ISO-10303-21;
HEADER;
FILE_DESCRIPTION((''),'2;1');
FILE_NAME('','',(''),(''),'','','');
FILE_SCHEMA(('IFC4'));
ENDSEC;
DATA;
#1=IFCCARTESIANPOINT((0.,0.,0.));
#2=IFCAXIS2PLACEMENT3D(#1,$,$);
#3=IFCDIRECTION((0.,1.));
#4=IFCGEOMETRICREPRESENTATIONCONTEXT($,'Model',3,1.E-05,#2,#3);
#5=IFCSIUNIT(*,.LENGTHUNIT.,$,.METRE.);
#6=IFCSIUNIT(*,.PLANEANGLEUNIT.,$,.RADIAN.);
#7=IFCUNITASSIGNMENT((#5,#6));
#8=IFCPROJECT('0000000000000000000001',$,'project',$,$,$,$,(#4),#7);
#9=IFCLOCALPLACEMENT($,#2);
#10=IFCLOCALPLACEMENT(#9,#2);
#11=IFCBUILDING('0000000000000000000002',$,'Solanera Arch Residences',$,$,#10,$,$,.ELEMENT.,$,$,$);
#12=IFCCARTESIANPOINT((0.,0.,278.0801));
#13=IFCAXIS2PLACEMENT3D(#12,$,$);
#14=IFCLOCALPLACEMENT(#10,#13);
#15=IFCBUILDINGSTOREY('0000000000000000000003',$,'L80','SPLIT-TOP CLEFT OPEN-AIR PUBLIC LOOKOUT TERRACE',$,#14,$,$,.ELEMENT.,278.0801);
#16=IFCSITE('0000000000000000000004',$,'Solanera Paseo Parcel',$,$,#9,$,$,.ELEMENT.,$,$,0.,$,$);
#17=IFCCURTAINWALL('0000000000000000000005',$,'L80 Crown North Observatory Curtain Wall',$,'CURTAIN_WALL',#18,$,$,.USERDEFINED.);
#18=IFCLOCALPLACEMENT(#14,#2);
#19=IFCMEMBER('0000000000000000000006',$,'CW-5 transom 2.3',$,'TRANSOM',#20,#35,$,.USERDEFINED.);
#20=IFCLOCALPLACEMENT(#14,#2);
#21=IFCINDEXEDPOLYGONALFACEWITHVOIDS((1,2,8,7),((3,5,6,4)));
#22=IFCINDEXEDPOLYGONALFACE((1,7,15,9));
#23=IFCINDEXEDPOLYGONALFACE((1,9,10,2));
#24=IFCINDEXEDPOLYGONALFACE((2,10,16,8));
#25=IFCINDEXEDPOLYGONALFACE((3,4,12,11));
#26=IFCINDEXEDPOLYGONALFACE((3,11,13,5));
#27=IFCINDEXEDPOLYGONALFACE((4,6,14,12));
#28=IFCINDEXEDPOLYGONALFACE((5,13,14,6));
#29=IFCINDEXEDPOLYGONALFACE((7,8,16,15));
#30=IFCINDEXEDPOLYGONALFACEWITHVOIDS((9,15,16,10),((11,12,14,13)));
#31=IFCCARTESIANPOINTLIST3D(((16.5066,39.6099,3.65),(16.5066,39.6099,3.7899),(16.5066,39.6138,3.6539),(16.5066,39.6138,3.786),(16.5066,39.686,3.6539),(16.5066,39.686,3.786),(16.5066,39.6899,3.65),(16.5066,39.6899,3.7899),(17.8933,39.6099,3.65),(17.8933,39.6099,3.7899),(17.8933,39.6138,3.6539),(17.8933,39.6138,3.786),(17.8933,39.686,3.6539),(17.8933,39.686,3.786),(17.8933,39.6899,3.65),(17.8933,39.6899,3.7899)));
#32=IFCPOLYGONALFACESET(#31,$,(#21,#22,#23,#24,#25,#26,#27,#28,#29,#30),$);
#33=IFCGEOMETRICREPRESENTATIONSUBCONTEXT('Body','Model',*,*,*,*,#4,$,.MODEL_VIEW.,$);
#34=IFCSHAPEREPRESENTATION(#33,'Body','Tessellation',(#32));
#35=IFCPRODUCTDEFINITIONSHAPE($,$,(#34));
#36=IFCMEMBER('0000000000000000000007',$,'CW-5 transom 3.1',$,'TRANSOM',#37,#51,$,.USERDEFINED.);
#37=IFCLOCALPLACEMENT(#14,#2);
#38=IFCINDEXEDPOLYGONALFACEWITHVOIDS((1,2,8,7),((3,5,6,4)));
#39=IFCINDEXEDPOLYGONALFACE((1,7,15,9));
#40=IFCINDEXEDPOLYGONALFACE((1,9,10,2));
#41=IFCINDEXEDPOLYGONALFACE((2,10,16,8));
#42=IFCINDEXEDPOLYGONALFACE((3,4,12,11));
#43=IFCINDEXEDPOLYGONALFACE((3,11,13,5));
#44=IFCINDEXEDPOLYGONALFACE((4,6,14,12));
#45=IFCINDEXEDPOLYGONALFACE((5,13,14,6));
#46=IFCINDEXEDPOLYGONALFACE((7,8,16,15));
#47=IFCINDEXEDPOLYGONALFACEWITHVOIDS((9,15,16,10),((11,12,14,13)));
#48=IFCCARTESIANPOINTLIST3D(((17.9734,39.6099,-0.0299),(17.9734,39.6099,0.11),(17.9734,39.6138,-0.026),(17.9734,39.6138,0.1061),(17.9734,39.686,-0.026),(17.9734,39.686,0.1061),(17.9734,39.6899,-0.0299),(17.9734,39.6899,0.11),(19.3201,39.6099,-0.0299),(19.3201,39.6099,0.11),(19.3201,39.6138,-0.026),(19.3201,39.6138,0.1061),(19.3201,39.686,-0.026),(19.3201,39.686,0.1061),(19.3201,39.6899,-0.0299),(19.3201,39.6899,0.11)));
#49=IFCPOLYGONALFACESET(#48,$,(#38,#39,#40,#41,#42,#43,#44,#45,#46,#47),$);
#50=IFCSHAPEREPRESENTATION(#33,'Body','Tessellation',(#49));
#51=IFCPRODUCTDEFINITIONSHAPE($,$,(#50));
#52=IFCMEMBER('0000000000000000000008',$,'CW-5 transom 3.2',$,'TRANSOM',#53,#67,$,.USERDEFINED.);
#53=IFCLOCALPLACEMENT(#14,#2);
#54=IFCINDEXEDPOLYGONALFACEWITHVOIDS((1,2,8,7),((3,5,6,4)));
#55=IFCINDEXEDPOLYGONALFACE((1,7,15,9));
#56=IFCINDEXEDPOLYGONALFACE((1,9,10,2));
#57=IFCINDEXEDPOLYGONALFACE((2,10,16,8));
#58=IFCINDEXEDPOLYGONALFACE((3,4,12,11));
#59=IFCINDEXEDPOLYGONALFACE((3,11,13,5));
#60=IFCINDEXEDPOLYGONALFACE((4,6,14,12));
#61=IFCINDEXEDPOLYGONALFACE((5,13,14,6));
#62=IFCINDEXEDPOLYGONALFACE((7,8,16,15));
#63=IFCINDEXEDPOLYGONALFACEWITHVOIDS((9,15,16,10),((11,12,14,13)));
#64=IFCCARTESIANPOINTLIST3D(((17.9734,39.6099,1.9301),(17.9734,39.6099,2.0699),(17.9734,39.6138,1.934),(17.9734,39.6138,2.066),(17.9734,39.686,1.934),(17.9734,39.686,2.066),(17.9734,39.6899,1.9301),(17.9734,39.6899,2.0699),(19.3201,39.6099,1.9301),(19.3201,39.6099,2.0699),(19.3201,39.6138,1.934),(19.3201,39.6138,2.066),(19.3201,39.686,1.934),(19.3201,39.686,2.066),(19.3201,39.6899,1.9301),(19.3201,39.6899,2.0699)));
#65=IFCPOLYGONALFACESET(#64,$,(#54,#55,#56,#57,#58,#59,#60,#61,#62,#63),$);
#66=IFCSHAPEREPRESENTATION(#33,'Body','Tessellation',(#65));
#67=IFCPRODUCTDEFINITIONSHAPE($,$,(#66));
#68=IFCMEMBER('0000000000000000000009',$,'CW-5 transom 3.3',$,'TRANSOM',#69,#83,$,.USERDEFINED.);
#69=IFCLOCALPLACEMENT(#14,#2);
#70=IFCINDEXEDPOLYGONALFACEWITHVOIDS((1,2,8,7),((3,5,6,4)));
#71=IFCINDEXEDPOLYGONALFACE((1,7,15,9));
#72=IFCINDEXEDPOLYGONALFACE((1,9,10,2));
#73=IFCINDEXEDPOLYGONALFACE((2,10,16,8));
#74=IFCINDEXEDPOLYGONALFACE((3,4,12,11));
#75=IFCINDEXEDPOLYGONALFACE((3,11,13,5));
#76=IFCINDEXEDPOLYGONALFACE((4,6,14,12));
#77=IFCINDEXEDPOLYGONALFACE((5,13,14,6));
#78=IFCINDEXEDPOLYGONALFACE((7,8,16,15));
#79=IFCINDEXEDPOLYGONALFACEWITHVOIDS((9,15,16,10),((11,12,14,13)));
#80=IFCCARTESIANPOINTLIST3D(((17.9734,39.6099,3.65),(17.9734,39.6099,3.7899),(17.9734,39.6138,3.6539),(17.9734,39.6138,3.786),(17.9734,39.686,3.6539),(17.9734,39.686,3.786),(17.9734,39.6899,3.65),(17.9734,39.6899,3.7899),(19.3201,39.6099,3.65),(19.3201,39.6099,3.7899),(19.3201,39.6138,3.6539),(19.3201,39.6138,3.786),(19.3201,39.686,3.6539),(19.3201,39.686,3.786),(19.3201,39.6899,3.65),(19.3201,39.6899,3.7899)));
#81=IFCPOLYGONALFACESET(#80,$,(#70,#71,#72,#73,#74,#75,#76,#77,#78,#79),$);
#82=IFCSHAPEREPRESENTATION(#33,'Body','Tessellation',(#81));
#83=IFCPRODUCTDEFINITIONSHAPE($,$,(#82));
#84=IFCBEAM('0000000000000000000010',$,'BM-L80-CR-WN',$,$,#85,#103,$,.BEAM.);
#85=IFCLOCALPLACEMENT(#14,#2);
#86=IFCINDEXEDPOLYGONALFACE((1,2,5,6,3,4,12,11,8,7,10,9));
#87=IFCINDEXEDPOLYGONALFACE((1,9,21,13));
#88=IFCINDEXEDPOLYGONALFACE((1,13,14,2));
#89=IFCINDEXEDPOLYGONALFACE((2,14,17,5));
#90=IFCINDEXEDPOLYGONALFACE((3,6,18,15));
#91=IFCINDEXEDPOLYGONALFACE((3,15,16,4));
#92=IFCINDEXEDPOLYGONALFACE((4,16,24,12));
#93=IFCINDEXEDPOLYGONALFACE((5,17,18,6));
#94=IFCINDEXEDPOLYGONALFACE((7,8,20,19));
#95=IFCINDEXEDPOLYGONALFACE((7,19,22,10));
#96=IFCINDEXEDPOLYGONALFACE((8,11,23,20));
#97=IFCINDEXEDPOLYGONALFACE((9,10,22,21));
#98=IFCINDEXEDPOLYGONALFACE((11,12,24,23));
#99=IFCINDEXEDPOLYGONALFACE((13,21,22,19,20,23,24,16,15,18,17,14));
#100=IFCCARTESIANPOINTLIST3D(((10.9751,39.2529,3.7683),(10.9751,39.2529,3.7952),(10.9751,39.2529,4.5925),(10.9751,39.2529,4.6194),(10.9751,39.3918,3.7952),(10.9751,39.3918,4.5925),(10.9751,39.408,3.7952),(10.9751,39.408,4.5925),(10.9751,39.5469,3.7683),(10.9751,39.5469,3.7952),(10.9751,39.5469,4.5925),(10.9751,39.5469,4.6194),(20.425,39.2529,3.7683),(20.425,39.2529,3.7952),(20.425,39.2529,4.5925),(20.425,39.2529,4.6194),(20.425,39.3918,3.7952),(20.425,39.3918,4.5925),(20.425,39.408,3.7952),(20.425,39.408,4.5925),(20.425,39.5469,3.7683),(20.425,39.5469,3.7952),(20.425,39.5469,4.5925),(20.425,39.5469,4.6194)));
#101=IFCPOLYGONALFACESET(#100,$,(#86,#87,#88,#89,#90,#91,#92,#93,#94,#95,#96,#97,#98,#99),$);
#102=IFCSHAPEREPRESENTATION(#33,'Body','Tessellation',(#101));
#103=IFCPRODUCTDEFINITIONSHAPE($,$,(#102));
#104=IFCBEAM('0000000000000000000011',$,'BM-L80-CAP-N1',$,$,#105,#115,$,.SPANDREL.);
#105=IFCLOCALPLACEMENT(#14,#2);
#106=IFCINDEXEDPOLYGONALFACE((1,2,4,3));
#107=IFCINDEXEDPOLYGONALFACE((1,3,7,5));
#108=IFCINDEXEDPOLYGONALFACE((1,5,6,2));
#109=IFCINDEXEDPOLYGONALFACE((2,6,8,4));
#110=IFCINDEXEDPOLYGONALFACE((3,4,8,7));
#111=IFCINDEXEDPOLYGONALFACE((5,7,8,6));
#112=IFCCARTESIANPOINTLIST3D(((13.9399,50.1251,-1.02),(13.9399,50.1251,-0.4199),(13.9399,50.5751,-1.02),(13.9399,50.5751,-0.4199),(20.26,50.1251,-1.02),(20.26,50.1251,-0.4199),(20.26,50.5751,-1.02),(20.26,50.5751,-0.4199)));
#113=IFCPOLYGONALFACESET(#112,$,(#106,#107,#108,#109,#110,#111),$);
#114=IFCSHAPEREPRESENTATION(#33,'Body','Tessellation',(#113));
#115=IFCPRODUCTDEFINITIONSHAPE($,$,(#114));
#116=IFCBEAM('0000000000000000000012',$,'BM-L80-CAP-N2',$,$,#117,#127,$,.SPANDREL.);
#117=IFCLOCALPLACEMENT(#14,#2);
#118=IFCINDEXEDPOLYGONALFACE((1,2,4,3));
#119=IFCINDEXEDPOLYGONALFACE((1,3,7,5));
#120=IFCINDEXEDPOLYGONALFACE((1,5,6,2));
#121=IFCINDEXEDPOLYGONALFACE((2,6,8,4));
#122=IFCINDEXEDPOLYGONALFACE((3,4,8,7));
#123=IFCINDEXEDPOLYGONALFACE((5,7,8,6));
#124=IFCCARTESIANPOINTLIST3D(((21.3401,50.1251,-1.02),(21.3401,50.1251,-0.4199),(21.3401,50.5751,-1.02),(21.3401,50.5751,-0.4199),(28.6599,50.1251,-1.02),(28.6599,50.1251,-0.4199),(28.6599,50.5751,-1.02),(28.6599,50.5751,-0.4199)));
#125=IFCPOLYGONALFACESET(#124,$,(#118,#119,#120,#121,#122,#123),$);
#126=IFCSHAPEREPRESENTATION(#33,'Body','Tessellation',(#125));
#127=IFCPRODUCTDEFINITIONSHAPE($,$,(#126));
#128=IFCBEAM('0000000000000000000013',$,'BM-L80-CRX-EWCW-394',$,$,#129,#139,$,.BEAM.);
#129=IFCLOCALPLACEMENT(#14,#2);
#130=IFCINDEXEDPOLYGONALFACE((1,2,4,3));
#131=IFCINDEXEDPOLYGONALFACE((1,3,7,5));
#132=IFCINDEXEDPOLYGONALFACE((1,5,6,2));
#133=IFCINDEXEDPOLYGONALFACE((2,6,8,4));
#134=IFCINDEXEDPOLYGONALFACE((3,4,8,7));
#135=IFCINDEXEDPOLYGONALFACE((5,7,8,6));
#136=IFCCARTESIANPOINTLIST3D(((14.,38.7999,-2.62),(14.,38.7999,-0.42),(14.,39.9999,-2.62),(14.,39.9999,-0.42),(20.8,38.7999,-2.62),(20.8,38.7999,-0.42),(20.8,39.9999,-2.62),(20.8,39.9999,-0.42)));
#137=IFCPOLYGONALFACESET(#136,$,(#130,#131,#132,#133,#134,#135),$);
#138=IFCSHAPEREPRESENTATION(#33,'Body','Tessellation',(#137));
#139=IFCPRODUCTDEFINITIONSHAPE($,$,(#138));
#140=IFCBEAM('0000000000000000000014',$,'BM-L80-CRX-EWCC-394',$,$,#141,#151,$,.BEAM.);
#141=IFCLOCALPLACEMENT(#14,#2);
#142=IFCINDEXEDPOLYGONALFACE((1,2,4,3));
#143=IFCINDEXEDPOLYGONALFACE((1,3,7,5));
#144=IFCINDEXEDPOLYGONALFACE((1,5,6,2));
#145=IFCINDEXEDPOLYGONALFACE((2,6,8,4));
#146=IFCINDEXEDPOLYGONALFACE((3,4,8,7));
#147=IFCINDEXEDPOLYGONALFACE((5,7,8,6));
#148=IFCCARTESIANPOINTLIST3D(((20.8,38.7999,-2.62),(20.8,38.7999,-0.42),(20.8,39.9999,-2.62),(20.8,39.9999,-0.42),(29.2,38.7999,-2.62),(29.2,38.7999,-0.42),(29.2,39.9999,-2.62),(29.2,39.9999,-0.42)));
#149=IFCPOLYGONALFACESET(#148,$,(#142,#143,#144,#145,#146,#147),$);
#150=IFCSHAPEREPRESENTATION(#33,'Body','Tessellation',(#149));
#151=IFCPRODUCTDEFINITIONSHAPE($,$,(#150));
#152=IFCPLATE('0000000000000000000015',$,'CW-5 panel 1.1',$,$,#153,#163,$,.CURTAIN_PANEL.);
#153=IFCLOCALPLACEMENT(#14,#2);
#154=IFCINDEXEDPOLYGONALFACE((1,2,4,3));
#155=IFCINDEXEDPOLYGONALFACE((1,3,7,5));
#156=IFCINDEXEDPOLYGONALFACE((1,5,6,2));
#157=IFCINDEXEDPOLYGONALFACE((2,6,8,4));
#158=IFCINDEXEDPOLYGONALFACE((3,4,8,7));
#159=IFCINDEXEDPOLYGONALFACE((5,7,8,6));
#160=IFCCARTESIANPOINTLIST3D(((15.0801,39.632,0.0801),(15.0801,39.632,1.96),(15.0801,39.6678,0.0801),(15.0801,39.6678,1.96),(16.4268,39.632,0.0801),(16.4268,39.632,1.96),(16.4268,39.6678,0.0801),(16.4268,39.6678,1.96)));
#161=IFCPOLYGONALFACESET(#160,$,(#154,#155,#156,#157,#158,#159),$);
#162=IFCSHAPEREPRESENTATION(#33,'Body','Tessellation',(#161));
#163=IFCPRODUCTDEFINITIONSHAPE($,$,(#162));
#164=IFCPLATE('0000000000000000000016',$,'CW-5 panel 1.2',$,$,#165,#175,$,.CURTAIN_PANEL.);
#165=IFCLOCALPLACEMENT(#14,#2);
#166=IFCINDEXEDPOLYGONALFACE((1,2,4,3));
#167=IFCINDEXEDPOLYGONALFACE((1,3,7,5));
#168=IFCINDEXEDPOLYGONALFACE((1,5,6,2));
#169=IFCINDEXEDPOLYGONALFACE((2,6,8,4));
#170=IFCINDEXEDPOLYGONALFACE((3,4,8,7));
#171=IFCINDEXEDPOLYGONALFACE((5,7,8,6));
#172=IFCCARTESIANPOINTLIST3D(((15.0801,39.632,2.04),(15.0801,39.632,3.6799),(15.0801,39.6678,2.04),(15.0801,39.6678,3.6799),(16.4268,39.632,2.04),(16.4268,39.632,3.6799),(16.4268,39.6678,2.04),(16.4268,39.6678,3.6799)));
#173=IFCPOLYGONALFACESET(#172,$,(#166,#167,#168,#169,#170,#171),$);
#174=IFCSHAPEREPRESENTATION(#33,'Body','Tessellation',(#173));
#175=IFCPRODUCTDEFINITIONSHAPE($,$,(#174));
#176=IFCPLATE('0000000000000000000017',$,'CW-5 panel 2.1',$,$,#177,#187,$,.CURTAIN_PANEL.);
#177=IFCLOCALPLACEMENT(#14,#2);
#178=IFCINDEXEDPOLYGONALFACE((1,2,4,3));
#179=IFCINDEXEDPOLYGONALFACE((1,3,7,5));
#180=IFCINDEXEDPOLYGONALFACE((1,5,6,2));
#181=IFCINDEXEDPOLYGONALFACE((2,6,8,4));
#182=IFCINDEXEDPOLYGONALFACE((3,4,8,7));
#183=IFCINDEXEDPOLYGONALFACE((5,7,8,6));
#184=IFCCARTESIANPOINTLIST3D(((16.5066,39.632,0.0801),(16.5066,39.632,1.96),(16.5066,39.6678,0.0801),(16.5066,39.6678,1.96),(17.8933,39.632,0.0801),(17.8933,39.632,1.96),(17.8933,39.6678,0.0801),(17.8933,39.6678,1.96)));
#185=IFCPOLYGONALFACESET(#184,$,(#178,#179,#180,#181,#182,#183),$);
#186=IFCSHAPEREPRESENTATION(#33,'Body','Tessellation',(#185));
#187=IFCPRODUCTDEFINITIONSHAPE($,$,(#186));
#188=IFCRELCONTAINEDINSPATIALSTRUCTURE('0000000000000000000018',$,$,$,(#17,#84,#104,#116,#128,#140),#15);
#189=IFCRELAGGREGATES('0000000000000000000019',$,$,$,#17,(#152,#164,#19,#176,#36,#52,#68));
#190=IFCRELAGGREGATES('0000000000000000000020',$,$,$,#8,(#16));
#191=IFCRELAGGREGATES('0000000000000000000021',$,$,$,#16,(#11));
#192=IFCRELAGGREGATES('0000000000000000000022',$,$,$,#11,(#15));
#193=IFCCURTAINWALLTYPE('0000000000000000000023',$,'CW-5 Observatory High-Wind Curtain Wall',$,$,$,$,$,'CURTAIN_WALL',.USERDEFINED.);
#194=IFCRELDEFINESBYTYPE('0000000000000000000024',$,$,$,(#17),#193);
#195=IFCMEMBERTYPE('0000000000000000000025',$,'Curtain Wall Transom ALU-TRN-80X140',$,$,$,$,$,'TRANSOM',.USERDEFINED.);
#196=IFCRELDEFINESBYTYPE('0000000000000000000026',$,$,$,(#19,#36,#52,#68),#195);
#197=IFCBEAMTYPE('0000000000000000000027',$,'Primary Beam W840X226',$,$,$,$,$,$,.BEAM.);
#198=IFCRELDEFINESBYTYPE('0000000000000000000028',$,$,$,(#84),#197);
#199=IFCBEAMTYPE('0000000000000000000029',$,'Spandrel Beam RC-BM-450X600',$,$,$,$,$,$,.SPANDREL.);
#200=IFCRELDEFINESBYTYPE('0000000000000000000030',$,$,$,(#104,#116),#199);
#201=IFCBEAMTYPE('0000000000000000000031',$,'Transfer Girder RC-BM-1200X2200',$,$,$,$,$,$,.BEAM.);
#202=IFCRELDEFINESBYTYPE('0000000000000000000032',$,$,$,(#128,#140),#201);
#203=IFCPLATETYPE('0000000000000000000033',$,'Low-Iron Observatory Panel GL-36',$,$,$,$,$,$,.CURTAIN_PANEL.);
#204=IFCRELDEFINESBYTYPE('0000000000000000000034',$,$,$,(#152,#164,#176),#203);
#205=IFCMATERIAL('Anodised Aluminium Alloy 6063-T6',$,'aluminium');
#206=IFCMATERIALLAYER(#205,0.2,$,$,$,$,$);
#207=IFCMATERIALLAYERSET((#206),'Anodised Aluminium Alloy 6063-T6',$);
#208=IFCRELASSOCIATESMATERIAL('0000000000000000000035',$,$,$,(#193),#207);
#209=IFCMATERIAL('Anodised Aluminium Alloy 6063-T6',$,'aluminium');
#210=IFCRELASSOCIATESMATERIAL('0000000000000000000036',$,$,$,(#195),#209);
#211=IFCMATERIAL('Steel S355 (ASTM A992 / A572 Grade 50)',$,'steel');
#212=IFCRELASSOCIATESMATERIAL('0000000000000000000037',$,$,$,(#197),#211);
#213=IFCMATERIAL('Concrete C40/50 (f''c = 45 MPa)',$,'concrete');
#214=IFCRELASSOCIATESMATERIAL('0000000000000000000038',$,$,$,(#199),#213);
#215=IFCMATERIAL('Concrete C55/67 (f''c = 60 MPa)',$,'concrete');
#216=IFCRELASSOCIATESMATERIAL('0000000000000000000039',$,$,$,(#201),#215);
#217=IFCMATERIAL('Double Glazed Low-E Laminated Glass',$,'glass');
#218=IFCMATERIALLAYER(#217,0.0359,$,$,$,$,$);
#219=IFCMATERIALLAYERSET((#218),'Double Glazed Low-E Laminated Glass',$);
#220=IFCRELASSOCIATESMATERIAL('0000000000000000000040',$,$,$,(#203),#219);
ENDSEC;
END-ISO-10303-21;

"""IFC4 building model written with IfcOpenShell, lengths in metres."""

from ifc_helpers import new_model, si_unit, direction, frame, origin, origin_2d, place, context, subcontext, project, spatial, rectangle, hollow_rectangle, i_section, extrude, material, layer, layer_set, material_profile, profile_set, type_object, element, aggregate, save


model = new_model("IFC4")

# Units and contexts
model_context = context("Model", 3, precision=1e-05, world=origin(), true_north=direction((0.0, 1.0)))
body_context = subcontext(model_context, "Body", "Model", "MODEL_VIEW")
ifc_project = project(units=[si_unit("LENGTHUNIT", "METRE"), si_unit("PLANEANGLEUNIT", "RADIAN")], contexts=[model_context])

# Site, building, storey
site_placement = place(None, origin())
site = spatial("IfcSite", under=ifc_project, at=site_placement, Name="Solanera Paseo Parcel", CompositionType="ELEMENT", RefElevation=0.0)
building_placement = place(site_placement, origin())
building = spatial("IfcBuilding", under=site, at=building_placement, Name="Solanera Arch Residences", CompositionType="ELEMENT")
storey_placement = place(building_placement, frame((0.0, 0.0, 278.0801)))
storey = spatial("IfcBuildingStorey", under=building, at=storey_placement, Name="L80", Description="SPLIT-TOP CLEFT OPEN-AIR PUBLIC LOOKOUT TERRACE", CompositionType="ELEMENT", Elevation=278.0801)

# Curtain wall, members
ifc_material_1 = material(Name="Anodised Aluminium Alloy 6063-T6", Category="aluminium")
ifc_layer_1 = layer(ifc_material_1, 0.2)
ifc_layer_set_1 = layer_set([ifc_layer_1], Name="Anodised Aluminium Alloy 6063-T6")
curtain_wall_type = type_object("IfcCurtainWallType", Name="CW-5 Observatory High-Wind Curtain Wall", ElementType="CURTAIN_WALL", PredefinedType="USERDEFINED", material=ifc_layer_set_1)
curtain_wall_placement = place(storey_placement, origin())
curtain_wall = element("IfcCurtainWall", 1, at=curtain_wall_placement, inside=storey, type_object=curtain_wall_type, Name="L80 Crown North Observatory Curtain Wall", ObjectType="CURTAIN_WALL", PredefinedType="USERDEFINED")
ifc_material_2 = material(Name="Anodised Aluminium Alloy 6063-T6", Category="aluminium")
ifc_material_profile_1 = material_profile(ifc_material_2, hollow_rectangle(XDim=0.0801, YDim=0.1399, WallThickness=0.0039, at=origin_2d()))
ifc_profile_set_1 = profile_set([ifc_material_profile_1], Name="Anodised Aluminium Alloy 6063-T6")
member_type_1 = type_object("IfcMemberType", Name="Curtain Wall Transom ALU-TRN-80X140", ElementType="TRANSOM", PredefinedType="USERDEFINED", material=ifc_profile_set_1)
member_1_placement = place(storey_placement, frame((16.5066, 39.6499, 3.72), z_axis=(1.0, 0.0, 0.0), x_axis=(0.0, 1.0, 0.0)))
member_1 = element("IfcMember", 2, at=member_1_placement, type_object=member_type_1, Name="CW-5 transom 2.3", ObjectType="TRANSOM", PredefinedType="USERDEFINED", context=body_context, shape_type="SweptSolid", body=[
    extrude(hollow_rectangle(XDim=0.0801, YDim=0.1399, WallThickness=0.0039, at=origin_2d()), origin(), (0.0, 0.0, 1.0), 1.3867),
])
member_2_placement = place(storey_placement, frame((17.9734, 39.6499, 0.04), z_axis=(1.0, 0.0, 0.0), x_axis=(0.0, 1.0, 0.0)))
member_2 = element("IfcMember", 3, at=member_2_placement, type_object=member_type_1, Name="CW-5 transom 3.1", ObjectType="TRANSOM", PredefinedType="USERDEFINED", context=body_context, shape_type="SweptSolid", body=[
    extrude(hollow_rectangle(XDim=0.0801, YDim=0.1399, WallThickness=0.0039, at=origin_2d()), origin(), (0.0, 0.0, 1.0), 1.3467),
])
member_3_placement = place(storey_placement, frame((17.9734, 39.6499, 2.0), z_axis=(1.0, 0.0, 0.0), x_axis=(0.0, 1.0, 0.0)))
member_3 = element("IfcMember", 4, at=member_3_placement, type_object=member_type_1, Name="CW-5 transom 3.2", ObjectType="TRANSOM", PredefinedType="USERDEFINED", context=body_context, shape_type="SweptSolid", body=[
    extrude(hollow_rectangle(XDim=0.0801, YDim=0.1399, WallThickness=0.0039, at=origin_2d()), origin(), (0.0, 0.0, 1.0), 1.3467),
])
member_4_placement = place(storey_placement, frame((17.9734, 39.6499, 3.72), z_axis=(1.0, 0.0, 0.0), x_axis=(0.0, 1.0, 0.0)))
member_4 = element("IfcMember", 5, at=member_4_placement, type_object=member_type_1, Name="CW-5 transom 3.3", ObjectType="TRANSOM", PredefinedType="USERDEFINED", context=body_context, shape_type="SweptSolid", body=[
    extrude(hollow_rectangle(XDim=0.0801, YDim=0.1399, WallThickness=0.0039, at=origin_2d()), origin(), (0.0, 0.0, 1.0), 1.3467),
])

# Beams
ifc_material_3 = material(Name="Steel S355 (ASTM A992 / A572 Grade 50)", Category="steel")
ifc_material_profile_2 = material_profile(ifc_material_3, i_section(OverallWidth=0.2939, OverallDepth=0.8511, WebThickness=0.0161, FlangeThickness=0.0269, at=origin_2d()))
ifc_profile_set_2 = profile_set([ifc_material_profile_2], Name="Steel S355 (ASTM A992 / A572 Grade 50)")
beam_type_1 = type_object("IfcBeamType", Name="Primary Beam W840X226", PredefinedType="BEAM", material=ifc_profile_set_2)
beam_1_placement = place(storey_placement, frame((10.9751, 39.3999, 4.1938), z_axis=(1.0, 0.0, 0.0), x_axis=(0.0, 1.0, 0.0)))
element("IfcBeam", 6, at=beam_1_placement, inside=storey, type_object=beam_type_1, Name="BM-L80-CR-WN", PredefinedType="BEAM", context=body_context, shape_type="SweptSolid", body=[
    extrude(i_section(OverallWidth=0.2939, OverallDepth=0.8511, WebThickness=0.0161, FlangeThickness=0.0269, at=origin_2d()), origin(), (0.0, 0.0, 1.0), 9.45),
])
ifc_material_4 = material(Name="Concrete C40/50 (f'c = 45 MPa)", Category="concrete")
ifc_material_profile_3 = material_profile(ifc_material_4, rectangle(XDim=0.45, YDim=0.6001, at=origin_2d()))
ifc_profile_set_3 = profile_set([ifc_material_profile_3], Name="Concrete C40/50 (f'c = 45 MPa)")
beam_type_2 = type_object("IfcBeamType", Name="Spandrel Beam RC-BM-450X600", PredefinedType="SPANDREL", material=ifc_profile_set_3)
beam_2_placement = place(storey_placement, frame((13.9399, 50.3501, -0.72), z_axis=(1.0, 0.0, 0.0), x_axis=(0.0, 1.0, 0.0)))
element("IfcBeam", 7, at=beam_2_placement, inside=storey, type_object=beam_type_2, Name="BM-L80-CAP-N1", PredefinedType="SPANDREL", context=body_context, shape_type="SweptSolid", body=[
    extrude(rectangle(XDim=0.45, YDim=0.6001, at=origin_2d()), origin(), (0.0, 0.0, 1.0), 6.3201),
])
beam_3_placement = place(storey_placement, frame((21.3401, 50.3501, -0.72), z_axis=(1.0, 0.0, 0.0), x_axis=(0.0, 1.0, 0.0)))
element("IfcBeam", 8, at=beam_3_placement, inside=storey, type_object=beam_type_2, Name="BM-L80-CAP-N2", PredefinedType="SPANDREL", context=body_context, shape_type="SweptSolid", body=[
    extrude(rectangle(XDim=0.45, YDim=0.6001, at=origin_2d()), origin(), (0.0, 0.0, 1.0), 7.3198),
])
ifc_material_5 = material(Name="Concrete C55/67 (f'c = 60 MPa)", Category="concrete")
ifc_material_profile_4 = material_profile(ifc_material_5, rectangle(XDim=1.2, YDim=2.2, at=origin_2d()))
ifc_profile_set_4 = profile_set([ifc_material_profile_4], Name="Concrete C55/67 (f'c = 60 MPa)")
beam_type_3 = type_object("IfcBeamType", Name="Transfer Girder RC-BM-1200X2200", PredefinedType="BEAM", material=ifc_profile_set_4)
beam_4_placement = place(storey_placement, frame((14.0, 39.3999, -1.52), z_axis=(1.0, 0.0, 0.0), x_axis=(0.0, 1.0, 0.0)))
element("IfcBeam", 9, at=beam_4_placement, inside=storey, type_object=beam_type_3, Name="BM-L80-CRX-EWCW-394", PredefinedType="BEAM", context=body_context, shape_type="SweptSolid", body=[
    extrude(rectangle(XDim=1.2, YDim=2.2, at=origin_2d()), origin(), (0.0, 0.0, 1.0), 6.8),
])
beam_5_placement = place(storey_placement, frame((20.8, 39.3999, -1.52), z_axis=(1.0, 0.0, 0.0), x_axis=(0.0, 1.0, 0.0)))
element("IfcBeam", 10, at=beam_5_placement, inside=storey, type_object=beam_type_3, Name="BM-L80-CRX-EWCC-394", PredefinedType="BEAM", context=body_context, shape_type="SweptSolid", body=[
    extrude(rectangle(XDim=1.2, YDim=2.2, at=origin_2d()), origin(), (0.0, 0.0, 1.0), 8.3999),
])

# Plates
ifc_material_6 = material(Name="Double Glazed Low-E Laminated Glass", Category="glass")
ifc_layer_2 = layer(ifc_material_6, 0.0359)
ifc_layer_set_2 = layer_set([ifc_layer_2], Name="Double Glazed Low-E Laminated Glass")
plate_type = type_object("IfcPlateType", Name="Low-Iron Observatory Panel GL-36", PredefinedType="CURTAIN_PANEL", material=ifc_layer_set_2)
plate_1_placement = place(storey_placement, frame((15.7534, 39.6499, 0.0801), z_axis=(0.0, 0.0, 1.0), x_axis=(1.0, 0.0, 0.0)))
plate_1 = element("IfcPlate", 11, at=plate_1_placement, type_object=plate_type, Name="CW-5 panel 1.1", PredefinedType="CURTAIN_PANEL", context=body_context, shape_type="SweptSolid", body=[
    extrude(rectangle(XDim=1.3467, YDim=0.0359, at=origin_2d()), origin(), (0.0, 0.0, 1.0), 1.8799),
])
plate_2_placement = place(storey_placement, frame((15.7534, 39.6499, 2.04), z_axis=(0.0, 0.0, 1.0), x_axis=(1.0, 0.0, 0.0)))
plate_2 = element("IfcPlate", 12, at=plate_2_placement, type_object=plate_type, Name="CW-5 panel 1.2", PredefinedType="CURTAIN_PANEL", context=body_context, shape_type="SweptSolid", body=[
    extrude(rectangle(XDim=1.3467, YDim=0.0359, at=origin_2d()), origin(), (0.0, 0.0, 1.0), 1.6399),
])
plate_3_placement = place(storey_placement, frame((17.2, 39.6499, 0.0801), z_axis=(0.0, 0.0, 1.0), x_axis=(1.0, 0.0, 0.0)))
plate_3 = element("IfcPlate", 13, at=plate_3_placement, type_object=plate_type, Name="CW-5 panel 2.1", PredefinedType="CURTAIN_PANEL", context=body_context, shape_type="SweptSolid", body=[
    extrude(rectangle(XDim=1.3867, YDim=0.0359, at=origin_2d()), origin(), (0.0, 0.0, 1.0), 1.8799),
])
aggregate(curtain_wall, [plate_1, plate_2, member_1, plate_3, member_2, member_3, member_4])

save(model, "model.ifc")
